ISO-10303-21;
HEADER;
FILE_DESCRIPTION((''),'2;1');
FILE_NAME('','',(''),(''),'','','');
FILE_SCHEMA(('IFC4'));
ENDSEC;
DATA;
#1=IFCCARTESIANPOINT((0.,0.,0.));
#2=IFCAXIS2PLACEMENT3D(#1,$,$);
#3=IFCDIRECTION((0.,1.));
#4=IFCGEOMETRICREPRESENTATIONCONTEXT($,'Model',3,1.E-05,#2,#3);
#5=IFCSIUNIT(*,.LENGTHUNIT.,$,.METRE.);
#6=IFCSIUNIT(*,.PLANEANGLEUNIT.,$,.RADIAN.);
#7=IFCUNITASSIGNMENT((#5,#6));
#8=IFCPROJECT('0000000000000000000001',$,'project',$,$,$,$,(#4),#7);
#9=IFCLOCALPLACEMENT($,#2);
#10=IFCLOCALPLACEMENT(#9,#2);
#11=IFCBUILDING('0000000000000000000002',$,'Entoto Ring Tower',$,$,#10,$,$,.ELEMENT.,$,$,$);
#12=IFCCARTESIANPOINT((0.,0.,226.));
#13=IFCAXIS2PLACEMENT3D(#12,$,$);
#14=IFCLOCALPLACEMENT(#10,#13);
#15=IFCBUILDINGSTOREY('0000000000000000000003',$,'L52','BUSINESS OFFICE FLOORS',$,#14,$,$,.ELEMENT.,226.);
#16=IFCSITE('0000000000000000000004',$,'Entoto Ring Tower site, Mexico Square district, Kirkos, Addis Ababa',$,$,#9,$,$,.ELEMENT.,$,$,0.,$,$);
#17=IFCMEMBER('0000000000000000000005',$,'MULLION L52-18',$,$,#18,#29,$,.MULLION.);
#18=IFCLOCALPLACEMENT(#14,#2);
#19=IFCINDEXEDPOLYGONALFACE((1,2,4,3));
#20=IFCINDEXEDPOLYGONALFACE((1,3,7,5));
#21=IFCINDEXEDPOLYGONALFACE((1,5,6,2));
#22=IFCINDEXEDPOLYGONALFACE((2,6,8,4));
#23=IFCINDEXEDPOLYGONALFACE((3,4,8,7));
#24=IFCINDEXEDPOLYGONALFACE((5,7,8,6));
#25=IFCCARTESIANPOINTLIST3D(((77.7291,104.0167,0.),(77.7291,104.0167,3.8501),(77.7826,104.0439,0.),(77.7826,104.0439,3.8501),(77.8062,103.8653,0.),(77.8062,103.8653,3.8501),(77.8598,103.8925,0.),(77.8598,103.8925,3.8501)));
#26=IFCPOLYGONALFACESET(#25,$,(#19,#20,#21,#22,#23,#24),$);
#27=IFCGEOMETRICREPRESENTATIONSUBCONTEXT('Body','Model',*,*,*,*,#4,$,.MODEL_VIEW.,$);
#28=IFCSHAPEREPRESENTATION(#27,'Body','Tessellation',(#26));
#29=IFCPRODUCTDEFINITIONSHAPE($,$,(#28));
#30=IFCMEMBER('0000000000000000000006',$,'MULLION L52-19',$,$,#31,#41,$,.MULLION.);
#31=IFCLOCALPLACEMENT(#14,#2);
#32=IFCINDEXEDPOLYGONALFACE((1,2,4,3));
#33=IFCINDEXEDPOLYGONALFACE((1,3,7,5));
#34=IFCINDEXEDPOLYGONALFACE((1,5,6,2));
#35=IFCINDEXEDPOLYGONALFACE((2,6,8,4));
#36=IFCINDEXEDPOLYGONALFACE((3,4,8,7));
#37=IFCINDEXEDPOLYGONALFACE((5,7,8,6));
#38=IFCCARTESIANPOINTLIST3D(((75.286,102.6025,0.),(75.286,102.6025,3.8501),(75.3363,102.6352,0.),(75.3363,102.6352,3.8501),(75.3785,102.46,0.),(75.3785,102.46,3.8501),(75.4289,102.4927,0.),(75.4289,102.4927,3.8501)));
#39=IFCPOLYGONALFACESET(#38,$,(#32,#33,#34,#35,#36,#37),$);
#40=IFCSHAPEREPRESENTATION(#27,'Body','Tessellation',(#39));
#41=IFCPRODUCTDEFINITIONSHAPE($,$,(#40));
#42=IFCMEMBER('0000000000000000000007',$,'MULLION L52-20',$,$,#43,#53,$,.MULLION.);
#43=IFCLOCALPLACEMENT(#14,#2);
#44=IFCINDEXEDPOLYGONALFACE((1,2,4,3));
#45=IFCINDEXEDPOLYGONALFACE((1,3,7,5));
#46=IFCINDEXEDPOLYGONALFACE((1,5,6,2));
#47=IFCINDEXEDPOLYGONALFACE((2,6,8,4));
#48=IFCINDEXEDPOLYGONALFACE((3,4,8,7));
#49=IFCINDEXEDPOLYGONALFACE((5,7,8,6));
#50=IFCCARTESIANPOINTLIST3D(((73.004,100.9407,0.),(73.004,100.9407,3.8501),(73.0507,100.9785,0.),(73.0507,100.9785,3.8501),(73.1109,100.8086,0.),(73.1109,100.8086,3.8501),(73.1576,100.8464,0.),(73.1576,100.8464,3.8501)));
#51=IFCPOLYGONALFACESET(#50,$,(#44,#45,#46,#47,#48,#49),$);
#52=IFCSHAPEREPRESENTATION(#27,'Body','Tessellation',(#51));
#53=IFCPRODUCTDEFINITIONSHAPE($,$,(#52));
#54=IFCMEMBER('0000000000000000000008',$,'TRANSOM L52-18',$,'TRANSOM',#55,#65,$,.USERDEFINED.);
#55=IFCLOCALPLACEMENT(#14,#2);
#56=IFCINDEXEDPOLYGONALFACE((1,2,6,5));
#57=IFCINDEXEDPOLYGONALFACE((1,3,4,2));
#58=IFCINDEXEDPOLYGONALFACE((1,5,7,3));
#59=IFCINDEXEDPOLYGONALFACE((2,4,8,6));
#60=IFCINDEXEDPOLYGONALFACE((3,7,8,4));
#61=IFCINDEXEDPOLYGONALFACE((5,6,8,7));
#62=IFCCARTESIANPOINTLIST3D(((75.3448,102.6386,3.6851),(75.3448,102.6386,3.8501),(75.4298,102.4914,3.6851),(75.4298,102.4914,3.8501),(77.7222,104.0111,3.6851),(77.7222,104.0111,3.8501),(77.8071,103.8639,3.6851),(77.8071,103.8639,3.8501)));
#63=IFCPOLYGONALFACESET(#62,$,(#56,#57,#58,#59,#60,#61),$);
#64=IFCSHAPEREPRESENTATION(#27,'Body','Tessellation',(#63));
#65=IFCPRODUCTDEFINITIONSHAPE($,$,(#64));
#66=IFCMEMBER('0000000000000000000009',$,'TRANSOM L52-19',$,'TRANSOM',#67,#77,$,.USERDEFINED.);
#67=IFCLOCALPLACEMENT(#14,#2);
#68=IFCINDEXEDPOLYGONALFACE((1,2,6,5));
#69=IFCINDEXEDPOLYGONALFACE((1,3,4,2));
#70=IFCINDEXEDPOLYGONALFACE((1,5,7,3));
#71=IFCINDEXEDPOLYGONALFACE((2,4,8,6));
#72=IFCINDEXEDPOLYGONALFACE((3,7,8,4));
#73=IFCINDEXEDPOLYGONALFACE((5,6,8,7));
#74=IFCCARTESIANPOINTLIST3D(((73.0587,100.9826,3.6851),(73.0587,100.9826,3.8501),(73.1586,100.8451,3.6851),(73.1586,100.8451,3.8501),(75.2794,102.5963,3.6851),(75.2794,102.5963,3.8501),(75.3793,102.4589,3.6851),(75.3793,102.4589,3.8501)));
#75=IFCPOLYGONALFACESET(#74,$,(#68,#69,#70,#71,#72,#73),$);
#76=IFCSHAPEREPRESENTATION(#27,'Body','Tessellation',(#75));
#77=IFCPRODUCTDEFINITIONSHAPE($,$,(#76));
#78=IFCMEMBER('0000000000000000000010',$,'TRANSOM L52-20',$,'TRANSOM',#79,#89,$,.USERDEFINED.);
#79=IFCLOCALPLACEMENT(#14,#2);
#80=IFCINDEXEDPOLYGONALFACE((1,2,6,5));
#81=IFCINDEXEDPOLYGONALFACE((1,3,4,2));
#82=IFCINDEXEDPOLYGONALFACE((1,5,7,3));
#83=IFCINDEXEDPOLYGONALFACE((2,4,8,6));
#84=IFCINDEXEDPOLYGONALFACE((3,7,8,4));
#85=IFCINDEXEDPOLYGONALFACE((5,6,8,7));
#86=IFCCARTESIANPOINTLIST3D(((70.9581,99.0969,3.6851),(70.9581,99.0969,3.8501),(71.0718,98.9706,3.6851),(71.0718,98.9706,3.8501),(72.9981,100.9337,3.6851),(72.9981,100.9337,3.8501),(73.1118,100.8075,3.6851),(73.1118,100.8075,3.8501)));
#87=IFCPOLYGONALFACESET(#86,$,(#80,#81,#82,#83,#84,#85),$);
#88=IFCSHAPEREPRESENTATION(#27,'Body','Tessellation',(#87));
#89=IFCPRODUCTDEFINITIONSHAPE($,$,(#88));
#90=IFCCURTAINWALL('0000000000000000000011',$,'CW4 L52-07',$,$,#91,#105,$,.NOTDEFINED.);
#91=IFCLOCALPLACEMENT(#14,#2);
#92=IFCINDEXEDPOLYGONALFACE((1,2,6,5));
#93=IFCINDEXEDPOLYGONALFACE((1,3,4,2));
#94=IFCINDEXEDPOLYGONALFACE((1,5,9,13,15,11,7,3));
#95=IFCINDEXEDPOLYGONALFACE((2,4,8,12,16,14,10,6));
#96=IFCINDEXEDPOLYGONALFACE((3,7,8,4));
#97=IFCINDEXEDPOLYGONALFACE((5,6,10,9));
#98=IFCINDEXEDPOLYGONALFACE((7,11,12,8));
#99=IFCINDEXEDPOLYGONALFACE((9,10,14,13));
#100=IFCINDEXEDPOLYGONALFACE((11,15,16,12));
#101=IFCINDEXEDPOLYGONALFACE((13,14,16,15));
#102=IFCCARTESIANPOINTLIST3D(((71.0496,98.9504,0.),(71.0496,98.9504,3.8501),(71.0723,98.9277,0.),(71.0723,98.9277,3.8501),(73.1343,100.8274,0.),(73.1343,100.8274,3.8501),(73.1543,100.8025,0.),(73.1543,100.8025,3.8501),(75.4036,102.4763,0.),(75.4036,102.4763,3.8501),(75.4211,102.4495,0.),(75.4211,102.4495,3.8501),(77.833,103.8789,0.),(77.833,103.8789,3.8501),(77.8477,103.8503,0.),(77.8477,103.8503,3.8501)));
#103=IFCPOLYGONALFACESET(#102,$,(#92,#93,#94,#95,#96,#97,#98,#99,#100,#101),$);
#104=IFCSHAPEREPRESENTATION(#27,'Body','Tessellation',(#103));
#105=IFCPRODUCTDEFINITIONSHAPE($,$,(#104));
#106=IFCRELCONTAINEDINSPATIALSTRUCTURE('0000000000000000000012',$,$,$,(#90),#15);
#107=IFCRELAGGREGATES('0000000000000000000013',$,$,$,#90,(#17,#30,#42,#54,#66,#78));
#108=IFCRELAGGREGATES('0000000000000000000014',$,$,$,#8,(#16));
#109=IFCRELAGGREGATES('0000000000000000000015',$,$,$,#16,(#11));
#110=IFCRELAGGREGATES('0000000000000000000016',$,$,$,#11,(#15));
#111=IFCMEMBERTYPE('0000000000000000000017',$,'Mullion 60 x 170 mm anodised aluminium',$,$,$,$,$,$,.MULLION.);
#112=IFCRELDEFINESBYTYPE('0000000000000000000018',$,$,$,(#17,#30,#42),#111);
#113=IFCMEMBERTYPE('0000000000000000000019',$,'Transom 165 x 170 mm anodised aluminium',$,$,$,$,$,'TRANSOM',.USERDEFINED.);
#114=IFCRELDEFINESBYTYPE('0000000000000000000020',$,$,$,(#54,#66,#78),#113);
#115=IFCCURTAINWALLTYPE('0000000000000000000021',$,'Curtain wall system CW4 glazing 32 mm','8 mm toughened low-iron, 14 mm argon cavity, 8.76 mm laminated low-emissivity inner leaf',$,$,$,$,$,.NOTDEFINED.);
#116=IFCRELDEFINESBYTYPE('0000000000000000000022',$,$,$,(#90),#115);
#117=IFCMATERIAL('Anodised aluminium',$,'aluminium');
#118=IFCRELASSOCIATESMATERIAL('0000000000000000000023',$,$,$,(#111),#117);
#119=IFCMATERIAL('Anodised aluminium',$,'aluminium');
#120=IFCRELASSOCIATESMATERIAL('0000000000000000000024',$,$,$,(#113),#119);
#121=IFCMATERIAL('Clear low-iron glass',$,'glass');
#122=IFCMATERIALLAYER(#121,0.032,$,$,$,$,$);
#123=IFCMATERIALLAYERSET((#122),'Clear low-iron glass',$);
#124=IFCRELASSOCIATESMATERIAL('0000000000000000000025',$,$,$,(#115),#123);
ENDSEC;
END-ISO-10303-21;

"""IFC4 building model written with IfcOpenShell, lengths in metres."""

from ifc_helpers import new_model, si_unit, direction, frame, origin, origin_2d, place, context, subcontext, project, spatial, polyline, rectangle, outline, extrude, material, layer, layer_set, material_profile, profile_set, type_object, element, aggregate, save


model = new_model("IFC4")

# Units and contexts
model_context = context("Model", 3, precision=1e-05, world=origin(), true_north=direction((0.0, 1.0)))
body_context = subcontext(model_context, "Body", "Model", "MODEL_VIEW")
ifc_project = project(units=[si_unit("LENGTHUNIT", "METRE"), si_unit("PLANEANGLEUNIT", "RADIAN")], contexts=[model_context])

# Members
ifc_material_1 = material(Name="Anodised aluminium", Category="aluminium")
ifc_material_profile_1 = material_profile(ifc_material_1, rectangle(XDim=0.0601, YDim=0.1699, at=origin_2d()), Name="Mullion 60 x 170 mm anodised aluminium")
ifc_profile_set_1 = profile_set([ifc_material_profile_1], Name="Anodised aluminium")
member_type_1 = type_object("IfcMemberType", Name="Mullion 60 x 170 mm anodised aluminium", PredefinedType="MULLION", material=ifc_profile_set_1)
site_placement = place(None, origin())
building_placement = place(site_placement, origin())
storey_placement = place(building_placement, frame((0.0, 0.0, 226.0)))
member_1_placement = place(storey_placement, frame((77.7944, 103.9546, 0.0), z_axis=(0.0, 0.0, 1.0), x_axis=(-0.891007, -0.45399, 0.0)))
member_1 = element("IfcMember", 1, at=member_1_placement, type_object=member_type_1, Name="MULLION L52-18", PredefinedType="MULLION", context=body_context, shape_type="SweptSolid", body=[
    extrude(rectangle(XDim=0.0601, YDim=0.1699, at=origin_2d()), origin(), (0.0, 0.0, 1.0), 3.8501),
])
member_2_placement = place(storey_placement, frame((75.3574, 102.5476, 0.0), z_axis=(0.0, 0.0, 1.0), x_axis=(-0.838671, -0.544639, 0.0)))
member_2 = element("IfcMember", 2, at=member_2_placement, type_object=member_type_1, Name="MULLION L52-19", PredefinedType="MULLION", context=body_context, shape_type="SweptSolid", body=[
    extrude(rectangle(XDim=0.0601, YDim=0.1699, at=origin_2d()), origin(), (0.0, 0.0, 1.0), 3.8501),
])
member_3_placement = place(storey_placement, frame((73.0808, 100.8936, 0.0), z_axis=(0.0, 0.0, 1.0), x_axis=(-0.777146, -0.62932, 0.0)))
member_3 = element("IfcMember", 3, at=member_3_placement, type_object=member_type_1, Name="MULLION L52-20", PredefinedType="MULLION", context=body_context, shape_type="SweptSolid", body=[
    extrude(rectangle(XDim=0.0601, YDim=0.1699, at=origin_2d()), origin(), (0.0, 0.0, 1.0), 3.8501),
])
ifc_material_2 = material(Name="Anodised aluminium", Category="aluminium")
ifc_material_profile_2 = material_profile(ifc_material_2, rectangle(XDim=0.1699, YDim=0.165, at=origin_2d()), Name="Transom 165 x 170 mm anodised aluminium")
ifc_profile_set_2 = profile_set([ifc_material_profile_2], Name="Anodised aluminium")
member_type_2 = type_object("IfcMemberType", Name="Transom 165 x 170 mm anodised aluminium", ElementType="TRANSOM", PredefinedType="USERDEFINED", material=ifc_profile_set_2)
member_4_placement = place(storey_placement, frame((77.7646, 103.9375, 3.7676), z_axis=(-0.866035, -0.499984, 0.0), x_axis=(0.499984, -0.866035, 0.0)))
member_4 = element("IfcMember", 4, at=member_4_placement, type_object=member_type_2, Name="TRANSOM L52-18", ObjectType="TRANSOM", PredefinedType="USERDEFINED", context=body_context, shape_type="SweptSolid", body=[
    extrude(rectangle(XDim=0.1699, YDim=0.165, at=origin_2d()), origin(), (0.0, 0.0, 1.0), 2.7451),
])
member_5_placement = place(storey_placement, frame((75.3293, 102.5276, 3.7676), z_axis=(-0.808959, -0.587865, 0.0), x_axis=(0.587865, -0.808959, 0.0)))
member_5 = element("IfcMember", 5, at=member_5_placement, type_object=member_type_2, Name="TRANSOM L52-19", ObjectType="TRANSOM", PredefinedType="USERDEFINED", context=body_context, shape_type="SweptSolid", body=[
    extrude(rectangle(XDim=0.1699, YDim=0.165, at=origin_2d()), origin(), (0.0, 0.0, 1.0), 2.7451),
])
member_6_placement = place(storey_placement, frame((73.0549, 100.8706, 3.7676), z_axis=(-0.743135, -0.669142, 0.0), x_axis=(0.669142, -0.743135, 0.0)))
member_6 = element("IfcMember", 6, at=member_6_placement, type_object=member_type_2, Name="TRANSOM L52-20", ObjectType="TRANSOM", PredefinedType="USERDEFINED", context=body_context, shape_type="SweptSolid", body=[
    extrude(rectangle(XDim=0.1699, YDim=0.165, at=origin_2d()), origin(), (0.0, 0.0, 1.0), 2.7451),
])

# Site, building, storey
site = spatial("IfcSite", under=ifc_project, at=site_placement, Name="Entoto Ring Tower site, Mexico Square district, Kirkos, Addis Ababa", CompositionType="ELEMENT", RefElevation=0.0)
building = spatial("IfcBuilding", under=site, at=building_placement, Name="Entoto Ring Tower", CompositionType="ELEMENT")
storey = spatial("IfcBuildingStorey", under=building, at=storey_placement, Name="L52", Description="BUSINESS OFFICE FLOORS", CompositionType="ELEMENT", Elevation=226.0)

# Curtain wall
ifc_material_3 = material(Name="Clear low-iron glass", Category="glass")
ifc_layer = layer(ifc_material_3, 0.032)
ifc_layer_set = layer_set([ifc_layer], Name="Clear low-iron glass")
curtain_wall_type = type_object("IfcCurtainWallType", Name="Curtain wall system CW4 glazing 32 mm", Description="8 mm toughened low-iron, 14 mm argon cavity, 8.76 mm laminated low-emissivity inner leaf", PredefinedType="NOTDEFINED", material=ifc_layer_set)
curtain_wall_1_placement = place(storey_placement, origin())
curtain_wall_1 = element("IfcCurtainWall", 7, at=curtain_wall_1_placement, inside=storey, type_object=curtain_wall_type, Name="CW4 L52-07", PredefinedType="NOTDEFINED", context=body_context, shape_type="SweptSolid", body=[
    extrude(outline(polyline([(77.833, 103.8789), (75.4036, 102.4763), (73.1343, 100.8274), (71.0496, 98.9504), (71.0723, 98.9277), (73.1543, 100.8025), (75.4211, 102.4495), (77.8477, 103.8503), (77.833, 103.8789)])), origin(), (0.0, 0.0, 1.0), 3.8501),
])
aggregate(curtain_wall_1, [member_1, member_2, member_3, member_4, member_5, member_6])

save(model, "model.ifc")
